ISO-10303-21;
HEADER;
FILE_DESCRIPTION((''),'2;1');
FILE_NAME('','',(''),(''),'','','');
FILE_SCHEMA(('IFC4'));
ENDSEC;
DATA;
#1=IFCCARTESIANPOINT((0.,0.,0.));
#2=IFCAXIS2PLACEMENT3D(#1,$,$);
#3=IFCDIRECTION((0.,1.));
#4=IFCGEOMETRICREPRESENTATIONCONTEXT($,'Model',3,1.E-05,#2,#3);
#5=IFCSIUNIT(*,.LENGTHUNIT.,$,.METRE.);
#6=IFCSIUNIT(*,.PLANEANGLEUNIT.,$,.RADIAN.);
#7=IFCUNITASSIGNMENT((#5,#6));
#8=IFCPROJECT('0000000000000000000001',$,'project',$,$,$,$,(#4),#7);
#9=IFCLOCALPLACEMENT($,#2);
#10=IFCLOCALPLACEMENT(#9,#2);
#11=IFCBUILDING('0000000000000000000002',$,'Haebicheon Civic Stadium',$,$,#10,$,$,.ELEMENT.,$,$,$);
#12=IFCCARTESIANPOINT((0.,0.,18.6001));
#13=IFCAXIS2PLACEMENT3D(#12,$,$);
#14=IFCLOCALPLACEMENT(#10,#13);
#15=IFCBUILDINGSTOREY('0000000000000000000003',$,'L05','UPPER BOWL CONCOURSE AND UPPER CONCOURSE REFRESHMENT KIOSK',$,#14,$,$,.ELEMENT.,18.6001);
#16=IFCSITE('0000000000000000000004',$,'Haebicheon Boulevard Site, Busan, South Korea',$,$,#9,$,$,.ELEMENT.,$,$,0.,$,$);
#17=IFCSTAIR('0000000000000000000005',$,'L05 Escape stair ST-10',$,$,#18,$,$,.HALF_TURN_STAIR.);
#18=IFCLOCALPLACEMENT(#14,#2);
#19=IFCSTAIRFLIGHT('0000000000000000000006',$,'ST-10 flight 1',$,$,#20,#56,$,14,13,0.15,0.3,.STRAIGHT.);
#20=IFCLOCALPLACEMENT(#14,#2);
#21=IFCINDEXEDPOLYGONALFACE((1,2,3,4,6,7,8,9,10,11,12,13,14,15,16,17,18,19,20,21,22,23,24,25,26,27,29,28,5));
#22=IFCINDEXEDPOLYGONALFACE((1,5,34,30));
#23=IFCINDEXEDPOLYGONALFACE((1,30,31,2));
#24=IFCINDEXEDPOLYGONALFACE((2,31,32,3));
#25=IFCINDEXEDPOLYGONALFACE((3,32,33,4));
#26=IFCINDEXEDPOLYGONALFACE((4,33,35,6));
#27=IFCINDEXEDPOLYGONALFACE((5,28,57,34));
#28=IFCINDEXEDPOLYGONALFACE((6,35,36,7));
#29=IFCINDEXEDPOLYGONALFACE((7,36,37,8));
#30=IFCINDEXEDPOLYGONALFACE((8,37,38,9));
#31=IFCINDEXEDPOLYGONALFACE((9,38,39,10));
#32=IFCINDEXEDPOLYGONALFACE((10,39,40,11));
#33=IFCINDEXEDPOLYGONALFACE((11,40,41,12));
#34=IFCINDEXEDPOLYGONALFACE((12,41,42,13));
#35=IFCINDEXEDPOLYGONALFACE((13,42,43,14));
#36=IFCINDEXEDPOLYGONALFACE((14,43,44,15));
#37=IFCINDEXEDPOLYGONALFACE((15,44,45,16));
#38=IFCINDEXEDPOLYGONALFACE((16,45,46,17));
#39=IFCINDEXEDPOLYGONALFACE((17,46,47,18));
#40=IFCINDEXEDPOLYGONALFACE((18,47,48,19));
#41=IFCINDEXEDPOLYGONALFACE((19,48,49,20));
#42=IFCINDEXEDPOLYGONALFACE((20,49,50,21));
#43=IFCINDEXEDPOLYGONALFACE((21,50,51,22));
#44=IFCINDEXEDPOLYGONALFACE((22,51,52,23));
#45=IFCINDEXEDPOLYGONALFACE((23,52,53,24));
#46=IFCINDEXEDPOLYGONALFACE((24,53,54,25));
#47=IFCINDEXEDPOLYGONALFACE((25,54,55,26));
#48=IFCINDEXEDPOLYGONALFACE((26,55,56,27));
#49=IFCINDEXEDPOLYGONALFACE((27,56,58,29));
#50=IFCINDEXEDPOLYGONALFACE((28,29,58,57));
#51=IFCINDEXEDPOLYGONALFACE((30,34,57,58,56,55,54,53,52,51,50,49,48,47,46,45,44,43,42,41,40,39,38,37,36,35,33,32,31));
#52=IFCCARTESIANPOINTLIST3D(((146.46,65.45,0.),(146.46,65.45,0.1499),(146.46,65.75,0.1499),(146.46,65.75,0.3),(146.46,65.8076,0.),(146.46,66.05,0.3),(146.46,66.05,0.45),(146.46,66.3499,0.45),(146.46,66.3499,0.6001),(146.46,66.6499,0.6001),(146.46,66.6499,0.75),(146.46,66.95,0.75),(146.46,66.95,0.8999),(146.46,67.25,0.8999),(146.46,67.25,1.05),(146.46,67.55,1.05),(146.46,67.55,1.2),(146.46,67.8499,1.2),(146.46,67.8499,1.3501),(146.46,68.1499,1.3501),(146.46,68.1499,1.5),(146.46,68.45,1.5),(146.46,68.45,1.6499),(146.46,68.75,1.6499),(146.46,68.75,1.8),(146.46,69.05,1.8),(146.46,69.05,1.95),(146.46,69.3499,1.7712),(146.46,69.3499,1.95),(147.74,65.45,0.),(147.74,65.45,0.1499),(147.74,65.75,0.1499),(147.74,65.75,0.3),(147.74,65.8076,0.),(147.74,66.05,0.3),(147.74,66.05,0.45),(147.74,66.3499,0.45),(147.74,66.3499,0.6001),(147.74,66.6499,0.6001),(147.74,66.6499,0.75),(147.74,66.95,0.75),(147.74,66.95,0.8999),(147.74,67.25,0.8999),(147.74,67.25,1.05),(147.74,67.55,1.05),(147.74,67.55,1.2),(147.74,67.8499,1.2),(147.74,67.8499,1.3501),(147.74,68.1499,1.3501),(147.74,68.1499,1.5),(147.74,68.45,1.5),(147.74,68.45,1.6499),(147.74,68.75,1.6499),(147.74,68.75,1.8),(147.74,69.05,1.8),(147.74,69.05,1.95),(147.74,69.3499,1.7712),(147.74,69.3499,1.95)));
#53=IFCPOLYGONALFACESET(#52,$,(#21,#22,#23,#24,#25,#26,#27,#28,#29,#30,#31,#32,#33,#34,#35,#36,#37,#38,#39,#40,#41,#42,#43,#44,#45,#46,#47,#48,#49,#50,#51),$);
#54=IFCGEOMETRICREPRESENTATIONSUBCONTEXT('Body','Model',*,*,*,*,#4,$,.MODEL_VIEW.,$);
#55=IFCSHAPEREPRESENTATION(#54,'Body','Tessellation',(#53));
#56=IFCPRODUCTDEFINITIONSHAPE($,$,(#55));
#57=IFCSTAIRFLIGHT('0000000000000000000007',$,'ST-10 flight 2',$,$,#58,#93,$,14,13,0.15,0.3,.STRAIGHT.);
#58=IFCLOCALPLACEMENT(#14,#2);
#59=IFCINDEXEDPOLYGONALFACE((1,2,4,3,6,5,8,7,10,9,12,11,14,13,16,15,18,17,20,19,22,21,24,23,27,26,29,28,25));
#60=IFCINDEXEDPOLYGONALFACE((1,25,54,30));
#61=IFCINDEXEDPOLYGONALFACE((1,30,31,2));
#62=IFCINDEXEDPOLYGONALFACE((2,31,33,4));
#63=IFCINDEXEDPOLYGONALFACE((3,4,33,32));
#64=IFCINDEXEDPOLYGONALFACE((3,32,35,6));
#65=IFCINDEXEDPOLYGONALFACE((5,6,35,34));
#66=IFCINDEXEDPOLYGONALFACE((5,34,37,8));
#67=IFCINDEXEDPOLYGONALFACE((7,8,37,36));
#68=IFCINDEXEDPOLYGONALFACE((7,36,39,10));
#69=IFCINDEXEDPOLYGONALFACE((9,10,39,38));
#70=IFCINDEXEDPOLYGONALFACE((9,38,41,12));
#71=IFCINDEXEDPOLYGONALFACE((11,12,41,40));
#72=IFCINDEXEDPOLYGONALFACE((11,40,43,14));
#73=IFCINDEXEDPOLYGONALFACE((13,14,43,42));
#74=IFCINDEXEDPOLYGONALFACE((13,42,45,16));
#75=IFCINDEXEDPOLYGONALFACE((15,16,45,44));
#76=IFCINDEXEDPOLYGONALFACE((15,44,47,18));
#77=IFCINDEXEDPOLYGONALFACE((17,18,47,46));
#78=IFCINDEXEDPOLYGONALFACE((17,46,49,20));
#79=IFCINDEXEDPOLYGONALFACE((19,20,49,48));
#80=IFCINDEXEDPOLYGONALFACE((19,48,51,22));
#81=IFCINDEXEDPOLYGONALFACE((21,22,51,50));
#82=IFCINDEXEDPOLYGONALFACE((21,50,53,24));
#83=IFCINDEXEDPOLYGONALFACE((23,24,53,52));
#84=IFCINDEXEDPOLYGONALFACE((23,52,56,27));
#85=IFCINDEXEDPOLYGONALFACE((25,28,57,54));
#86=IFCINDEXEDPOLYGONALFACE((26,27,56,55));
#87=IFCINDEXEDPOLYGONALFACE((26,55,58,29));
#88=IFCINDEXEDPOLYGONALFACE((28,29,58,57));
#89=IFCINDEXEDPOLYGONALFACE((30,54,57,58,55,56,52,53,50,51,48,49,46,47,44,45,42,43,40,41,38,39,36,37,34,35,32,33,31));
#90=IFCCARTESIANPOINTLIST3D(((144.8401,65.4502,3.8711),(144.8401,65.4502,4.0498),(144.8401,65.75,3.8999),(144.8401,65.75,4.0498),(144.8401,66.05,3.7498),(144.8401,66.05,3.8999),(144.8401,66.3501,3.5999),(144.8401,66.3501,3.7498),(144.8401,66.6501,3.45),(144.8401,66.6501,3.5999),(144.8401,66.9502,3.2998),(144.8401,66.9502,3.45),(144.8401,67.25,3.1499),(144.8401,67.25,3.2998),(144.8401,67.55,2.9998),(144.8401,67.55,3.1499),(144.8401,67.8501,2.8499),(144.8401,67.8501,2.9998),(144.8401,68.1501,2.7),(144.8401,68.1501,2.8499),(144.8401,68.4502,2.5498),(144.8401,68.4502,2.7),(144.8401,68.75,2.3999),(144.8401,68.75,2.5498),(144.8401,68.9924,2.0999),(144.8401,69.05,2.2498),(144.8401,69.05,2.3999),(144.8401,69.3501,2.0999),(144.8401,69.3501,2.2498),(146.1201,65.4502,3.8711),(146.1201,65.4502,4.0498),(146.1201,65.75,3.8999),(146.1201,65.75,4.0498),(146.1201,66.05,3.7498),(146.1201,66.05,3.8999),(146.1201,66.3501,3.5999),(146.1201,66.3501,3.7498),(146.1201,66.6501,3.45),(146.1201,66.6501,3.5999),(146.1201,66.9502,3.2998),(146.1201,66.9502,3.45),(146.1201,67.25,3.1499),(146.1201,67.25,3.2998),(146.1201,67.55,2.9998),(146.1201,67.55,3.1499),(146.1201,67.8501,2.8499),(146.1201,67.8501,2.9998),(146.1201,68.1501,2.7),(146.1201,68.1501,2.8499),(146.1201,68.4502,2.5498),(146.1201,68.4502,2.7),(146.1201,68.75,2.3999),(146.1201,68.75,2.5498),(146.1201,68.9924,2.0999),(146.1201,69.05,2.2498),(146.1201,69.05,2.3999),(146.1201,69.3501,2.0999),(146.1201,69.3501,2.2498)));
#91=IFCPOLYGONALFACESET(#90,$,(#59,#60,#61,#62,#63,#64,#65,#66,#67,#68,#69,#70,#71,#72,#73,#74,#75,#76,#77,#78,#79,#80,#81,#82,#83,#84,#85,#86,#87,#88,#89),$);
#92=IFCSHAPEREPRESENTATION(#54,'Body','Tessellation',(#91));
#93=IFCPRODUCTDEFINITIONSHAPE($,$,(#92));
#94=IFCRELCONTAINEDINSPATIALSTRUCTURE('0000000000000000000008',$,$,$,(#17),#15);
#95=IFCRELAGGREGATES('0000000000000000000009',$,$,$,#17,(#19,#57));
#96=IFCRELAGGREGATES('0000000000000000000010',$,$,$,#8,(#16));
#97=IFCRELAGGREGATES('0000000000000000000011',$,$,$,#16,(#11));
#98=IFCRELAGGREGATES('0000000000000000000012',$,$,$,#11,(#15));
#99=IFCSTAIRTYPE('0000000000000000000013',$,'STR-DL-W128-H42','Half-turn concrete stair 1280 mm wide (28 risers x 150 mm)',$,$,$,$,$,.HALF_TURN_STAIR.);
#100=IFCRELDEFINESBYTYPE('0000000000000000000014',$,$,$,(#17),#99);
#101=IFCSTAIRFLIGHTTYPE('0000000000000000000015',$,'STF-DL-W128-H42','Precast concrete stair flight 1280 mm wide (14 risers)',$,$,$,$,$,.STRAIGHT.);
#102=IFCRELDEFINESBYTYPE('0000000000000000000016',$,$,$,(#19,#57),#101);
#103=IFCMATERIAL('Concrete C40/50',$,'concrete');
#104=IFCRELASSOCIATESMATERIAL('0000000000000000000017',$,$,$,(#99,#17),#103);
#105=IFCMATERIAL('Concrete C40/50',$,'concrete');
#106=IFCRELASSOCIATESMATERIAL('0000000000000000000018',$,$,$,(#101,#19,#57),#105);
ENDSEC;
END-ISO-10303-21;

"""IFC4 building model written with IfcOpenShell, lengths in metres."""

from ifc_helpers import new_model, si_unit, direction, frame, origin, place, context, subcontext, project, spatial, polyline, outline, extrude, material, type_object, element, aggregate, save


model = new_model("IFC4")

# Units and contexts
model_context = context("Model", 3, precision=1e-05, world=origin(), true_north=direction((0.0, 1.0)))
body_context = subcontext(model_context, "Body", "Model", "MODEL_VIEW")
ifc_project = project(units=[si_unit("LENGTHUNIT", "METRE"), si_unit("PLANEANGLEUNIT", "RADIAN")], contexts=[model_context])

# Site, building, storey
site_placement = place(None, origin())
site = spatial("IfcSite", under=ifc_project, at=site_placement, Name="Haebicheon Boulevard Site, Busan, South Korea", CompositionType="ELEMENT", RefElevation=0.0)
building_placement = place(site_placement, origin())
building = spatial("IfcBuilding", under=site, at=building_placement, Name="Haebicheon Civic Stadium", CompositionType="ELEMENT")
storey_placement = place(building_placement, frame((0.0, 0.0, 18.6001)))
storey = spatial("IfcBuildingStorey", under=building, at=storey_placement, Name="L05", Description="UPPER BOWL CONCOURSE AND UPPER CONCOURSE REFRESHMENT KIOSK", CompositionType="ELEMENT", Elevation=18.6001)

# Stair, stair flights
ifc_material_1 = material(Name="Concrete C40/50", Category="concrete")
stair_type = type_object("IfcStairType", Name="STR-DL-W128-H42", Description="Half-turn concrete stair 1280 mm wide (28 risers x 150 mm)", PredefinedType="HALF_TURN_STAIR", material=ifc_material_1)
stair_placement = place(storey_placement, origin())
stair = element("IfcStair", 1, at=stair_placement, inside=storey, type_object=stair_type, material=ifc_material_1, Name="L05 Escape stair ST-10", PredefinedType="HALF_TURN_STAIR")
ifc_material_2 = material(Name="Concrete C40/50", Category="concrete")
stair_flight_type = type_object("IfcStairFlightType", Name="STF-DL-W128-H42", Description="Precast concrete stair flight 1280 mm wide (14 risers)", PredefinedType="STRAIGHT", material=ifc_material_2)
stair_flight_1_placement = place(storey_placement, frame((147.1001, 65.45, 0.0), z_axis=(0.0, 0.0, 1.0), x_axis=(0.0, 1.0, 0.0)))
stair_flight_1 = element("IfcStairFlight", 2, at=stair_flight_1_placement, type_object=stair_flight_type, material=ifc_material_2, Name="ST-10 flight 1", NumberOfRisers=14, NumberOfTreads=13, PredefinedType="STRAIGHT", RiserHeight=0.15, TreadLength=0.3, context=body_context, shape_type="SweptSolid", body=[
    extrude(outline(polyline([(0.0, 0.0), (0.0, 0.1499), (0.3, 0.1499), (0.3, 0.3), (0.6001, 0.3), (0.6001, 0.45), (0.8999, 0.45), (0.8999, 0.6001), (1.2, 0.6001), (1.2, 0.75), (1.5, 0.75), (1.5, 0.8999), (1.8, 0.8999), (1.8, 1.05), (2.1001, 1.05), (2.1001, 1.2), (2.3999, 1.2), (2.3999, 1.3501), (2.7, 1.3501), (2.7, 1.5), (3.0, 1.5), (3.0, 1.6499), (3.3, 1.6499), (3.3, 1.8), (3.6001, 1.8), (3.6001, 1.95), (3.8999, 1.95), (3.8999, 2.1001), (3.8999, 1.7712), (0.3577, 0.0), (0.0, 0.0)])), frame((0.0, 0.6401, 0.0), z_axis=(0.0, -1.0, 0.0), x_axis=(1.0, 0.0, 0.0)), (0.0, 0.0, 1.0), 1.28),
])
stair_flight_2_placement = place(storey_placement, frame((145.48, 69.3501, 2.0999), z_axis=(0.0, 0.0, 1.0), x_axis=(0.0, -1.0, 0.0)))
stair_flight_2 = element("IfcStairFlight", 3, at=stair_flight_2_placement, type_object=stair_flight_type, material=ifc_material_2, Name="ST-10 flight 2", NumberOfRisers=14, NumberOfTreads=13, PredefinedType="STRAIGHT", RiserHeight=0.15, TreadLength=0.3, context=body_context, shape_type="SweptSolid", body=[
    extrude(outline(polyline([(0.0, 0.0), (0.0, 0.1499), (0.3, 0.1499), (0.3, 0.3), (0.6001, 0.3), (0.6001, 0.45), (0.8999, 0.45), (0.8999, 0.6001), (1.2, 0.6001), (1.2, 0.75), (1.5, 0.75), (1.5, 0.8999), (1.8, 0.8999), (1.8, 1.05), (2.1001, 1.05), (2.1001, 1.2), (2.3999, 1.2), (2.3999, 1.3501), (2.7, 1.3501), (2.7, 1.5), (3.0, 1.5), (3.0, 1.6499), (3.3, 1.6499), (3.3, 1.8), (3.6001, 1.8), (3.6001, 1.95), (3.8999, 1.95), (3.8999, 2.1001), (3.8999, 1.7712), (0.3577, 0.0), (0.0, 0.0)])), frame((0.0, 0.6401, 0.0), z_axis=(0.0, -1.0, 0.0), x_axis=(1.0, 0.0, 0.0)), (0.0, 0.0, 1.0), 1.28),
])
aggregate(stair, [stair_flight_1, stair_flight_2])

save(model, "model.ifc")
